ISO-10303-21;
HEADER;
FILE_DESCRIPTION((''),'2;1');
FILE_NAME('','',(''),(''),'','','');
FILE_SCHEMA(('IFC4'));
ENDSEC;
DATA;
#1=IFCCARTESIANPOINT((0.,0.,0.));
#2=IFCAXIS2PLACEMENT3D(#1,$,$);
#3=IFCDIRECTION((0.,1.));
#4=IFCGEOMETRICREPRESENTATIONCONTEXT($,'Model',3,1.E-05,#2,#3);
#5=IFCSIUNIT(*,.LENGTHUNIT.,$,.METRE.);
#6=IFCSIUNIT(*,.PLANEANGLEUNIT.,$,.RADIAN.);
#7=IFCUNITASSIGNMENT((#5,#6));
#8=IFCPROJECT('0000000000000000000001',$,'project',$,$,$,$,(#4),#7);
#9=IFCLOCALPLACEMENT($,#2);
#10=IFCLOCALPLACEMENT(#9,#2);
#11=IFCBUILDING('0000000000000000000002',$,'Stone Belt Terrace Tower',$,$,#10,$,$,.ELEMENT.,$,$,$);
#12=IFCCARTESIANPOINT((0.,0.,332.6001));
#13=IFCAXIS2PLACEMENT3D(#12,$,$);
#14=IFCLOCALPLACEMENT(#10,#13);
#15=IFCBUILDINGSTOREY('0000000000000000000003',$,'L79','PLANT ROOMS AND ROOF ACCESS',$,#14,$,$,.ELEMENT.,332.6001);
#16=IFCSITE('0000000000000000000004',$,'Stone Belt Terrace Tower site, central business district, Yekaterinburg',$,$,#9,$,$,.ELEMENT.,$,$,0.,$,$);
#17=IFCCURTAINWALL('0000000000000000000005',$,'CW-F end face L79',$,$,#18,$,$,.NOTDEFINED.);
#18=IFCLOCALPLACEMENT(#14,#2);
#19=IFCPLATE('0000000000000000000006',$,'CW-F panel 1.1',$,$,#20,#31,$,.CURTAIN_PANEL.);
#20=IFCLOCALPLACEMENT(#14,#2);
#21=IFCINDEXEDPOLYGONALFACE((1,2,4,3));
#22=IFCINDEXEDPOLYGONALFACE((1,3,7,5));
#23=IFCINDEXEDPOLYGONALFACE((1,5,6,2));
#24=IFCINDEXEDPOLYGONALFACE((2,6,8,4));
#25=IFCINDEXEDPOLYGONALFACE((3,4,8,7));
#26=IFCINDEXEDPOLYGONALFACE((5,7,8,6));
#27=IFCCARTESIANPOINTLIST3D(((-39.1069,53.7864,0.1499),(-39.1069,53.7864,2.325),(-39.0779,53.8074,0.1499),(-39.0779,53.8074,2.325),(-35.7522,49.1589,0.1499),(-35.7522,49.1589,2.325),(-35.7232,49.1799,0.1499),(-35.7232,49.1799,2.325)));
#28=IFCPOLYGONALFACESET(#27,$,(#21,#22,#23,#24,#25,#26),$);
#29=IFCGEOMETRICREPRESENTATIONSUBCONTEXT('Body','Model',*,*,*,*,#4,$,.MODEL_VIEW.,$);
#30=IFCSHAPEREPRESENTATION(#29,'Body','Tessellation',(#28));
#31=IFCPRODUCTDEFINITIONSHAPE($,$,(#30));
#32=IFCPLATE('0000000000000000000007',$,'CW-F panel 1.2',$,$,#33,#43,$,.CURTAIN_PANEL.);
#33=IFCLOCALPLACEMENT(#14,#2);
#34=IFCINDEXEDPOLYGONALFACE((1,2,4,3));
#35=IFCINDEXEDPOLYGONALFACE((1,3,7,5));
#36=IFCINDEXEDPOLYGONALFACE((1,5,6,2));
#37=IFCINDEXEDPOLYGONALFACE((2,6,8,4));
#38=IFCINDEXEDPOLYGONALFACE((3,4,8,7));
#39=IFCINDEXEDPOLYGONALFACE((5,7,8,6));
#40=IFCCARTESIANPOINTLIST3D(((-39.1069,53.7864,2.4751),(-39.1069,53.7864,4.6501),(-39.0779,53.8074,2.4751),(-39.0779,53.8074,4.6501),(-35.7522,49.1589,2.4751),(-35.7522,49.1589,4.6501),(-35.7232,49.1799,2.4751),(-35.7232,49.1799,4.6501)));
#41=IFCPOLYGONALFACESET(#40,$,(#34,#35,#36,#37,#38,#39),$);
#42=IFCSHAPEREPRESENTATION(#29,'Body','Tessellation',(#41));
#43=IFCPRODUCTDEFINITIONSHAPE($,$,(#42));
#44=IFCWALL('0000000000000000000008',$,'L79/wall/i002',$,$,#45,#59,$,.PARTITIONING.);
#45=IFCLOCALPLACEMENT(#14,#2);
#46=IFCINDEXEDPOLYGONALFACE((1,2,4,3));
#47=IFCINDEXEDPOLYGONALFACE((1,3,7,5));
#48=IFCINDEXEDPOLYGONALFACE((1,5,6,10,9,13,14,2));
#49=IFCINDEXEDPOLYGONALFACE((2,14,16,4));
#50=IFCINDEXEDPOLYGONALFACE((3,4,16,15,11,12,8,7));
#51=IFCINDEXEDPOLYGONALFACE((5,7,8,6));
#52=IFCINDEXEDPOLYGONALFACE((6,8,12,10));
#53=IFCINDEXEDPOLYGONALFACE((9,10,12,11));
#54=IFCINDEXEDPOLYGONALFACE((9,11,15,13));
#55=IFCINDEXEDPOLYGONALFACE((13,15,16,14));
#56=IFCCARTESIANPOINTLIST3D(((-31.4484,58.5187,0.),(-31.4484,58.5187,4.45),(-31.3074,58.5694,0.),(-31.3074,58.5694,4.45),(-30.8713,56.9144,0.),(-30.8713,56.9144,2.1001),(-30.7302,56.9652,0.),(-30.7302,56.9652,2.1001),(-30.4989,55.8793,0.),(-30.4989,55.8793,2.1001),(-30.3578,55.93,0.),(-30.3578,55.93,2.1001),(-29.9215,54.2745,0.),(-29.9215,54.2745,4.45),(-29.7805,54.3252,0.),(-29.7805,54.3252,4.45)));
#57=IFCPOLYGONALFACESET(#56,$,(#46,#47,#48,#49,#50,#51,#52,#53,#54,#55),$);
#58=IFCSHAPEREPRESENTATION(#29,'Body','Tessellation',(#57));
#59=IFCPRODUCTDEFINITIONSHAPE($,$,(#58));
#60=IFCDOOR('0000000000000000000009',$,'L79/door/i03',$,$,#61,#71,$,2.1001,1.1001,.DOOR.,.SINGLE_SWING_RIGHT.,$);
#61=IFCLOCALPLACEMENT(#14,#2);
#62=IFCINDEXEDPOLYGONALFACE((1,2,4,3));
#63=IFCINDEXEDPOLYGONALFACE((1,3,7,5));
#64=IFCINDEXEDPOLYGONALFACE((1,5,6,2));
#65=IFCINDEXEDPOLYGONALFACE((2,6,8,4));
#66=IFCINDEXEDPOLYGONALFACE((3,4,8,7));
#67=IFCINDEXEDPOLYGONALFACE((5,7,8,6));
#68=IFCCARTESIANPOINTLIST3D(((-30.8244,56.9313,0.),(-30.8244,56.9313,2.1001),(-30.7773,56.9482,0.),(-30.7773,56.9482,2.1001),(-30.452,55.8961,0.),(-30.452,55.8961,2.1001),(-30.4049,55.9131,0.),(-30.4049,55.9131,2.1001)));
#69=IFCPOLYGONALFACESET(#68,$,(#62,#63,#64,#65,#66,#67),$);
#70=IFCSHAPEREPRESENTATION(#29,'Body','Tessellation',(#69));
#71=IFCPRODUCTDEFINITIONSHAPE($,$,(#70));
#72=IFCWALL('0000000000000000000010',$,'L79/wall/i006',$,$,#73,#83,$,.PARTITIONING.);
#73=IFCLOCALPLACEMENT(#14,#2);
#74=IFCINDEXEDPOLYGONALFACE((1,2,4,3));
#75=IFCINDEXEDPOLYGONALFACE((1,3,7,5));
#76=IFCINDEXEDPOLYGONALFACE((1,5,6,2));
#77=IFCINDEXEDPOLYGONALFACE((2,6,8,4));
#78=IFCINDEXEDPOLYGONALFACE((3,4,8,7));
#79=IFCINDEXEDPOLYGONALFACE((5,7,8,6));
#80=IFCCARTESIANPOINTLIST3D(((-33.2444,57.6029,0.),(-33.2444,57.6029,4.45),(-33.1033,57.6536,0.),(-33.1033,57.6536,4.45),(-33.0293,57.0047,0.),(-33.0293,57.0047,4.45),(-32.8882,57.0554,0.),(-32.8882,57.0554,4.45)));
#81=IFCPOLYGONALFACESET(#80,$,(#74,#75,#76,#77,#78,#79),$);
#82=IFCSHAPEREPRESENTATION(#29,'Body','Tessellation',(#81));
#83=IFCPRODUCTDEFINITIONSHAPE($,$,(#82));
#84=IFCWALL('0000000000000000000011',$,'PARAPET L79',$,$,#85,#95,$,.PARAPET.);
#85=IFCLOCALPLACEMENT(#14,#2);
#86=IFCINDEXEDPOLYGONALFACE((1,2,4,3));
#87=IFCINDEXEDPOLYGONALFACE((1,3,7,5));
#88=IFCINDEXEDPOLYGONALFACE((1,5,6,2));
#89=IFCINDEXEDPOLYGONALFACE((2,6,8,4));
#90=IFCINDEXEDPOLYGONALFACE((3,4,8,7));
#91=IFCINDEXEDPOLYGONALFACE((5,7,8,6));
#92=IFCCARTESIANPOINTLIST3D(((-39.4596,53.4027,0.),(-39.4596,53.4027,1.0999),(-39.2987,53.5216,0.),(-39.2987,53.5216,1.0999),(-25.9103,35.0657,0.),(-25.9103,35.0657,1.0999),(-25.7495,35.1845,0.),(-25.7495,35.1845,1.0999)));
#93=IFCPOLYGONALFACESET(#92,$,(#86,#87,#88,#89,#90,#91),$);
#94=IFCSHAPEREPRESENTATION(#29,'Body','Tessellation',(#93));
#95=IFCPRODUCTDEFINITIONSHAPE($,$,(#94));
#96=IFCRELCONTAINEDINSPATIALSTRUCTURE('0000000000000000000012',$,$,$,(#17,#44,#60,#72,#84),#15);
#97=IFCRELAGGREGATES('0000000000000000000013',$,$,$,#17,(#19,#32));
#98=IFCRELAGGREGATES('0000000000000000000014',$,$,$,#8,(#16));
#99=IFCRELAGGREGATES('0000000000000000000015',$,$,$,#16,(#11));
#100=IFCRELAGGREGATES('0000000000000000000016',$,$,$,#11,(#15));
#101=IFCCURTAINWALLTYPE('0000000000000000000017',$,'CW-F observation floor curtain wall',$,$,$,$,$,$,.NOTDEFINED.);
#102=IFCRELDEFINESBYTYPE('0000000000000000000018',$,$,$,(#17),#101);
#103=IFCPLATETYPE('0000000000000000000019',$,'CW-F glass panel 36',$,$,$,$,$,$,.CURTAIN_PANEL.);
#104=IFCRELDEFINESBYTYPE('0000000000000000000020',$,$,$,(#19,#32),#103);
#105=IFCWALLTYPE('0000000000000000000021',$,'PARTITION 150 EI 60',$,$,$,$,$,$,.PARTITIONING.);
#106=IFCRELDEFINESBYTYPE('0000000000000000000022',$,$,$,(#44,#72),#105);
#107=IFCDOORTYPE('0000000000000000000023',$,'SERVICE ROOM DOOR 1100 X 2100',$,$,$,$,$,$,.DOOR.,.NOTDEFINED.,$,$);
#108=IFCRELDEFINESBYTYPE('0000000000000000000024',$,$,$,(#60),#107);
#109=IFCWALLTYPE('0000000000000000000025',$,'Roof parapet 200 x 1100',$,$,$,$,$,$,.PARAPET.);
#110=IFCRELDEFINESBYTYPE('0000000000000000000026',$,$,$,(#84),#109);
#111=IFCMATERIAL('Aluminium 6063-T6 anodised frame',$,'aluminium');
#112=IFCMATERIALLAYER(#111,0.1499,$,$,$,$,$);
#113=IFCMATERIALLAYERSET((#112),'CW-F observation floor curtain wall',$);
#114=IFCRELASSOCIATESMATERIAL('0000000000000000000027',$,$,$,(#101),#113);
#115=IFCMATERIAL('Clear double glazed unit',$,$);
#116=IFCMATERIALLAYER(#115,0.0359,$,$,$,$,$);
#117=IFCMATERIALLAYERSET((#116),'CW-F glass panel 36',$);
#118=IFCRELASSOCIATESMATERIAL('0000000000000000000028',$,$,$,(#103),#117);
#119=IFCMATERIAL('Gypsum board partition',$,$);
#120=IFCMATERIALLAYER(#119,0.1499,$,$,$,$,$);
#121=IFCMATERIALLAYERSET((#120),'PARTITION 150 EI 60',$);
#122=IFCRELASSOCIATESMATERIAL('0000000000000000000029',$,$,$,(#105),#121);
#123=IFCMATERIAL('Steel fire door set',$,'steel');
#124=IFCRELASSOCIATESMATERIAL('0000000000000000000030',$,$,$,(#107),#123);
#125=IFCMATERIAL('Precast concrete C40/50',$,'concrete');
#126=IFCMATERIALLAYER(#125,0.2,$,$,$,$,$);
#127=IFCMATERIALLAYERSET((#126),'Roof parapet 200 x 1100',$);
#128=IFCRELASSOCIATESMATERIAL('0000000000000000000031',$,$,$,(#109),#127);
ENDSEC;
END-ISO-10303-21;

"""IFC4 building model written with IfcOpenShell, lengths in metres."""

from ifc_helpers import new_model, si_unit, direction, frame, frame_2d, origin, origin_2d, place, context, subcontext, project, spatial, rectangle, extrude, material, layer, layer_set, type_object, element, fill, aggregate, save


model = new_model("IFC4")

# Units and contexts
model_context = context("Model", 3, precision=1e-05, world=origin(), true_north=direction((0.0, 1.0)))
body_context = subcontext(model_context, "Body", "Model", "MODEL_VIEW")
ifc_project = project(units=[si_unit("LENGTHUNIT", "METRE"), si_unit("PLANEANGLEUNIT", "RADIAN")], contexts=[model_context])

# Site, building, storey
site_placement = place(None, origin())
site = spatial("IfcSite", under=ifc_project, at=site_placement, Name="Stone Belt Terrace Tower site, central business district, Yekaterinburg", CompositionType="ELEMENT", RefElevation=0.0)
building_placement = place(site_placement, origin())
building = spatial("IfcBuilding", under=site, at=building_placement, Name="Stone Belt Terrace Tower", CompositionType="ELEMENT")
storey_placement = place(building_placement, frame((0.0, 0.0, 332.6001)))
storey = spatial("IfcBuildingStorey", under=building, at=storey_placement, Name="L79", Description="PLANT ROOMS AND ROOF ACCESS", CompositionType="ELEMENT", Elevation=332.6001)

# Curtain wall
ifc_material_1 = material(Name="Aluminium 6063-T6 anodised frame", Category="aluminium")
ifc_layer_1 = layer(ifc_material_1, 0.1499)
ifc_layer_set_1 = layer_set([ifc_layer_1], Name="CW-F observation floor curtain wall")
curtain_wall_type = type_object("IfcCurtainWallType", Name="CW-F observation floor curtain wall", PredefinedType="NOTDEFINED", material=ifc_layer_set_1)
curtain_wall_1_placement = place(storey_placement, origin())
curtain_wall_1 = element("IfcCurtainWall", 1, at=curtain_wall_1_placement, inside=storey, type_object=curtain_wall_type, Name="CW-F end face L79", PredefinedType="NOTDEFINED")

# Plates
ifc_material_2 = material(Name="Clear double glazed unit")
ifc_layer_2 = layer(ifc_material_2, 0.0359)
ifc_layer_set_2 = layer_set([ifc_layer_2], Name="CW-F glass panel 36")
plate_type = type_object("IfcPlateType", Name="CW-F glass panel 36", PredefinedType="CURTAIN_PANEL", material=ifc_layer_set_2)
plate_1_placement = place(storey_placement, frame((-37.415, 51.4832, 0.1499), z_axis=(0.0, 0.0, 1.0), x_axis=(0.586939, -0.809631, 0.0)))
plate_1 = element("IfcPlate", 2, at=plate_1_placement, type_object=plate_type, Name="CW-F panel 1.1", PredefinedType="CURTAIN_PANEL", context=body_context, shape_type="SweptSolid", body=[
    extrude(rectangle(XDim=5.7156, YDim=0.0359, at=origin_2d()), origin(), (0.0, 0.0, 1.0), 2.175),
])
plate_2_placement = place(storey_placement, frame((-37.415, 51.4832, 2.4751), z_axis=(0.0, 0.0, 1.0), x_axis=(0.586939, -0.809631, 0.0)))
plate_2 = element("IfcPlate", 3, at=plate_2_placement, type_object=plate_type, Name="CW-F panel 1.2", PredefinedType="CURTAIN_PANEL", context=body_context, shape_type="SweptSolid", body=[
    extrude(rectangle(XDim=5.7156, YDim=0.0359, at=origin_2d()), origin(), (0.0, 0.0, 1.0), 2.175),
])
aggregate(curtain_wall_1, [plate_1, plate_2])

# Wall, opening, door
ifc_material_3 = material(Name="Gypsum board partition")
ifc_layer_3 = layer(ifc_material_3, 0.1499)
ifc_layer_set_3 = layer_set([ifc_layer_3], Name="PARTITION 150 EI 60")
wall_type_1 = type_object("IfcWallType", Name="PARTITION 150 EI 60", PredefinedType="PARTITIONING", material=ifc_layer_set_3)
wall_1_placement = place(storey_placement, frame((-31.3779, 58.5442, 0.0), z_axis=(0.0, 0.0, 1.0), x_axis=(0.338516, -0.940961, 0.0)))
wall_1 = element("IfcWall", 4, at=wall_1_placement, inside=storey, type_object=wall_type_1, Name="L79/wall/i002", PredefinedType="PARTITIONING", context=body_context, shape_type="SweptSolid", body=[
    extrude(rectangle(XDim=4.5105, YDim=0.1499, at=frame_2d((2.2554, 0.0))), origin(), (0.0, 0.0, 1.0), 4.45),
])
opening_placement = place(wall_1_placement, frame((1.7051, 0.0, 0.0)))
opening = element("IfcOpeningElement", 5, at=opening_placement, cuts=wall_1, PredefinedType="OPENING", context=body_context, shape_type="SweptSolid", body=[
    extrude(rectangle(XDim=1.1001, YDim=2.1001, at=frame_2d((0.55, 1.05))), frame((0.0, 0.085, 0.0), z_axis=(0.0, -1.0, 0.0), x_axis=(1.0, 0.0, 0.0)), (0.0, 0.0, 1.0), 0.1699),
])
ifc_material_4 = material(Name="Steel fire door set", Category="steel")
door_type = type_object("IfcDoorType", Name="SERVICE ROOM DOOR 1100 X 2100", OperationType="NOTDEFINED", PredefinedType="DOOR", material=ifc_material_4)
door_placement = place(opening_placement, origin())
door = element("IfcDoor", 6, at=door_placement, inside=storey, type_object=door_type, Name="L79/door/i03", OperationType="SINGLE_SWING_RIGHT", OverallHeight=2.1001, OverallWidth=1.1001, PredefinedType="DOOR", context=body_context, shape_type="SweptSolid", body=[
    extrude(rectangle(XDim=1.1001, YDim=2.1001, at=frame_2d((0.55, 1.05))), frame((0.0, 0.0249, 0.0), z_axis=(0.0, -1.0, 0.0), x_axis=(1.0, 0.0, 0.0)), (0.0, 0.0, 1.0), 0.05),
])
fill(opening, door)

# Walls
wall_2_placement = place(storey_placement, frame((-32.9587, 57.03, 0.0), z_axis=(0.0, 0.0, 1.0), x_axis=(-0.338379, 0.94101, 0.0)))
element("IfcWall", 7, at=wall_2_placement, inside=storey, type_object=wall_type_1, Name="L79/wall/i006", PredefinedType="PARTITIONING", context=body_context, shape_type="SweptSolid", body=[
    extrude(rectangle(XDim=0.6357, YDim=0.1499, at=frame_2d((0.3179, 0.0))), origin(), (0.0, 0.0, 1.0), 4.45),
])
ifc_material_5 = material(Name="Precast concrete C40/50", Category="concrete")
ifc_layer_4 = layer(ifc_material_5, 0.2)
ifc_layer_set_4 = layer_set([ifc_layer_4], Name="Roof parapet 200 x 1100")
wall_type_2 = type_object("IfcWallType", Name="Roof parapet 200 x 1100", PredefinedType="PARAPET", material=ifc_layer_set_4)
wall_3_placement = place(storey_placement, frame((-39.3792, 53.4622, 0.0), z_axis=(0.0, 0.0, 1.0), x_axis=(0.594271, -0.804265, 0.0)))
element("IfcWall", 8, at=wall_3_placement, inside=storey, type_object=wall_type_2, Name="PARAPET L79", PredefinedType="PARAPET", context=body_context, shape_type="SweptSolid", body=[
    extrude(rectangle(XDim=22.7998, YDim=0.2, at=frame_2d((11.3999, 0.0))), origin(), (0.0, 0.0, 1.0), 1.0999),
])

save(model, "model.ifc")
